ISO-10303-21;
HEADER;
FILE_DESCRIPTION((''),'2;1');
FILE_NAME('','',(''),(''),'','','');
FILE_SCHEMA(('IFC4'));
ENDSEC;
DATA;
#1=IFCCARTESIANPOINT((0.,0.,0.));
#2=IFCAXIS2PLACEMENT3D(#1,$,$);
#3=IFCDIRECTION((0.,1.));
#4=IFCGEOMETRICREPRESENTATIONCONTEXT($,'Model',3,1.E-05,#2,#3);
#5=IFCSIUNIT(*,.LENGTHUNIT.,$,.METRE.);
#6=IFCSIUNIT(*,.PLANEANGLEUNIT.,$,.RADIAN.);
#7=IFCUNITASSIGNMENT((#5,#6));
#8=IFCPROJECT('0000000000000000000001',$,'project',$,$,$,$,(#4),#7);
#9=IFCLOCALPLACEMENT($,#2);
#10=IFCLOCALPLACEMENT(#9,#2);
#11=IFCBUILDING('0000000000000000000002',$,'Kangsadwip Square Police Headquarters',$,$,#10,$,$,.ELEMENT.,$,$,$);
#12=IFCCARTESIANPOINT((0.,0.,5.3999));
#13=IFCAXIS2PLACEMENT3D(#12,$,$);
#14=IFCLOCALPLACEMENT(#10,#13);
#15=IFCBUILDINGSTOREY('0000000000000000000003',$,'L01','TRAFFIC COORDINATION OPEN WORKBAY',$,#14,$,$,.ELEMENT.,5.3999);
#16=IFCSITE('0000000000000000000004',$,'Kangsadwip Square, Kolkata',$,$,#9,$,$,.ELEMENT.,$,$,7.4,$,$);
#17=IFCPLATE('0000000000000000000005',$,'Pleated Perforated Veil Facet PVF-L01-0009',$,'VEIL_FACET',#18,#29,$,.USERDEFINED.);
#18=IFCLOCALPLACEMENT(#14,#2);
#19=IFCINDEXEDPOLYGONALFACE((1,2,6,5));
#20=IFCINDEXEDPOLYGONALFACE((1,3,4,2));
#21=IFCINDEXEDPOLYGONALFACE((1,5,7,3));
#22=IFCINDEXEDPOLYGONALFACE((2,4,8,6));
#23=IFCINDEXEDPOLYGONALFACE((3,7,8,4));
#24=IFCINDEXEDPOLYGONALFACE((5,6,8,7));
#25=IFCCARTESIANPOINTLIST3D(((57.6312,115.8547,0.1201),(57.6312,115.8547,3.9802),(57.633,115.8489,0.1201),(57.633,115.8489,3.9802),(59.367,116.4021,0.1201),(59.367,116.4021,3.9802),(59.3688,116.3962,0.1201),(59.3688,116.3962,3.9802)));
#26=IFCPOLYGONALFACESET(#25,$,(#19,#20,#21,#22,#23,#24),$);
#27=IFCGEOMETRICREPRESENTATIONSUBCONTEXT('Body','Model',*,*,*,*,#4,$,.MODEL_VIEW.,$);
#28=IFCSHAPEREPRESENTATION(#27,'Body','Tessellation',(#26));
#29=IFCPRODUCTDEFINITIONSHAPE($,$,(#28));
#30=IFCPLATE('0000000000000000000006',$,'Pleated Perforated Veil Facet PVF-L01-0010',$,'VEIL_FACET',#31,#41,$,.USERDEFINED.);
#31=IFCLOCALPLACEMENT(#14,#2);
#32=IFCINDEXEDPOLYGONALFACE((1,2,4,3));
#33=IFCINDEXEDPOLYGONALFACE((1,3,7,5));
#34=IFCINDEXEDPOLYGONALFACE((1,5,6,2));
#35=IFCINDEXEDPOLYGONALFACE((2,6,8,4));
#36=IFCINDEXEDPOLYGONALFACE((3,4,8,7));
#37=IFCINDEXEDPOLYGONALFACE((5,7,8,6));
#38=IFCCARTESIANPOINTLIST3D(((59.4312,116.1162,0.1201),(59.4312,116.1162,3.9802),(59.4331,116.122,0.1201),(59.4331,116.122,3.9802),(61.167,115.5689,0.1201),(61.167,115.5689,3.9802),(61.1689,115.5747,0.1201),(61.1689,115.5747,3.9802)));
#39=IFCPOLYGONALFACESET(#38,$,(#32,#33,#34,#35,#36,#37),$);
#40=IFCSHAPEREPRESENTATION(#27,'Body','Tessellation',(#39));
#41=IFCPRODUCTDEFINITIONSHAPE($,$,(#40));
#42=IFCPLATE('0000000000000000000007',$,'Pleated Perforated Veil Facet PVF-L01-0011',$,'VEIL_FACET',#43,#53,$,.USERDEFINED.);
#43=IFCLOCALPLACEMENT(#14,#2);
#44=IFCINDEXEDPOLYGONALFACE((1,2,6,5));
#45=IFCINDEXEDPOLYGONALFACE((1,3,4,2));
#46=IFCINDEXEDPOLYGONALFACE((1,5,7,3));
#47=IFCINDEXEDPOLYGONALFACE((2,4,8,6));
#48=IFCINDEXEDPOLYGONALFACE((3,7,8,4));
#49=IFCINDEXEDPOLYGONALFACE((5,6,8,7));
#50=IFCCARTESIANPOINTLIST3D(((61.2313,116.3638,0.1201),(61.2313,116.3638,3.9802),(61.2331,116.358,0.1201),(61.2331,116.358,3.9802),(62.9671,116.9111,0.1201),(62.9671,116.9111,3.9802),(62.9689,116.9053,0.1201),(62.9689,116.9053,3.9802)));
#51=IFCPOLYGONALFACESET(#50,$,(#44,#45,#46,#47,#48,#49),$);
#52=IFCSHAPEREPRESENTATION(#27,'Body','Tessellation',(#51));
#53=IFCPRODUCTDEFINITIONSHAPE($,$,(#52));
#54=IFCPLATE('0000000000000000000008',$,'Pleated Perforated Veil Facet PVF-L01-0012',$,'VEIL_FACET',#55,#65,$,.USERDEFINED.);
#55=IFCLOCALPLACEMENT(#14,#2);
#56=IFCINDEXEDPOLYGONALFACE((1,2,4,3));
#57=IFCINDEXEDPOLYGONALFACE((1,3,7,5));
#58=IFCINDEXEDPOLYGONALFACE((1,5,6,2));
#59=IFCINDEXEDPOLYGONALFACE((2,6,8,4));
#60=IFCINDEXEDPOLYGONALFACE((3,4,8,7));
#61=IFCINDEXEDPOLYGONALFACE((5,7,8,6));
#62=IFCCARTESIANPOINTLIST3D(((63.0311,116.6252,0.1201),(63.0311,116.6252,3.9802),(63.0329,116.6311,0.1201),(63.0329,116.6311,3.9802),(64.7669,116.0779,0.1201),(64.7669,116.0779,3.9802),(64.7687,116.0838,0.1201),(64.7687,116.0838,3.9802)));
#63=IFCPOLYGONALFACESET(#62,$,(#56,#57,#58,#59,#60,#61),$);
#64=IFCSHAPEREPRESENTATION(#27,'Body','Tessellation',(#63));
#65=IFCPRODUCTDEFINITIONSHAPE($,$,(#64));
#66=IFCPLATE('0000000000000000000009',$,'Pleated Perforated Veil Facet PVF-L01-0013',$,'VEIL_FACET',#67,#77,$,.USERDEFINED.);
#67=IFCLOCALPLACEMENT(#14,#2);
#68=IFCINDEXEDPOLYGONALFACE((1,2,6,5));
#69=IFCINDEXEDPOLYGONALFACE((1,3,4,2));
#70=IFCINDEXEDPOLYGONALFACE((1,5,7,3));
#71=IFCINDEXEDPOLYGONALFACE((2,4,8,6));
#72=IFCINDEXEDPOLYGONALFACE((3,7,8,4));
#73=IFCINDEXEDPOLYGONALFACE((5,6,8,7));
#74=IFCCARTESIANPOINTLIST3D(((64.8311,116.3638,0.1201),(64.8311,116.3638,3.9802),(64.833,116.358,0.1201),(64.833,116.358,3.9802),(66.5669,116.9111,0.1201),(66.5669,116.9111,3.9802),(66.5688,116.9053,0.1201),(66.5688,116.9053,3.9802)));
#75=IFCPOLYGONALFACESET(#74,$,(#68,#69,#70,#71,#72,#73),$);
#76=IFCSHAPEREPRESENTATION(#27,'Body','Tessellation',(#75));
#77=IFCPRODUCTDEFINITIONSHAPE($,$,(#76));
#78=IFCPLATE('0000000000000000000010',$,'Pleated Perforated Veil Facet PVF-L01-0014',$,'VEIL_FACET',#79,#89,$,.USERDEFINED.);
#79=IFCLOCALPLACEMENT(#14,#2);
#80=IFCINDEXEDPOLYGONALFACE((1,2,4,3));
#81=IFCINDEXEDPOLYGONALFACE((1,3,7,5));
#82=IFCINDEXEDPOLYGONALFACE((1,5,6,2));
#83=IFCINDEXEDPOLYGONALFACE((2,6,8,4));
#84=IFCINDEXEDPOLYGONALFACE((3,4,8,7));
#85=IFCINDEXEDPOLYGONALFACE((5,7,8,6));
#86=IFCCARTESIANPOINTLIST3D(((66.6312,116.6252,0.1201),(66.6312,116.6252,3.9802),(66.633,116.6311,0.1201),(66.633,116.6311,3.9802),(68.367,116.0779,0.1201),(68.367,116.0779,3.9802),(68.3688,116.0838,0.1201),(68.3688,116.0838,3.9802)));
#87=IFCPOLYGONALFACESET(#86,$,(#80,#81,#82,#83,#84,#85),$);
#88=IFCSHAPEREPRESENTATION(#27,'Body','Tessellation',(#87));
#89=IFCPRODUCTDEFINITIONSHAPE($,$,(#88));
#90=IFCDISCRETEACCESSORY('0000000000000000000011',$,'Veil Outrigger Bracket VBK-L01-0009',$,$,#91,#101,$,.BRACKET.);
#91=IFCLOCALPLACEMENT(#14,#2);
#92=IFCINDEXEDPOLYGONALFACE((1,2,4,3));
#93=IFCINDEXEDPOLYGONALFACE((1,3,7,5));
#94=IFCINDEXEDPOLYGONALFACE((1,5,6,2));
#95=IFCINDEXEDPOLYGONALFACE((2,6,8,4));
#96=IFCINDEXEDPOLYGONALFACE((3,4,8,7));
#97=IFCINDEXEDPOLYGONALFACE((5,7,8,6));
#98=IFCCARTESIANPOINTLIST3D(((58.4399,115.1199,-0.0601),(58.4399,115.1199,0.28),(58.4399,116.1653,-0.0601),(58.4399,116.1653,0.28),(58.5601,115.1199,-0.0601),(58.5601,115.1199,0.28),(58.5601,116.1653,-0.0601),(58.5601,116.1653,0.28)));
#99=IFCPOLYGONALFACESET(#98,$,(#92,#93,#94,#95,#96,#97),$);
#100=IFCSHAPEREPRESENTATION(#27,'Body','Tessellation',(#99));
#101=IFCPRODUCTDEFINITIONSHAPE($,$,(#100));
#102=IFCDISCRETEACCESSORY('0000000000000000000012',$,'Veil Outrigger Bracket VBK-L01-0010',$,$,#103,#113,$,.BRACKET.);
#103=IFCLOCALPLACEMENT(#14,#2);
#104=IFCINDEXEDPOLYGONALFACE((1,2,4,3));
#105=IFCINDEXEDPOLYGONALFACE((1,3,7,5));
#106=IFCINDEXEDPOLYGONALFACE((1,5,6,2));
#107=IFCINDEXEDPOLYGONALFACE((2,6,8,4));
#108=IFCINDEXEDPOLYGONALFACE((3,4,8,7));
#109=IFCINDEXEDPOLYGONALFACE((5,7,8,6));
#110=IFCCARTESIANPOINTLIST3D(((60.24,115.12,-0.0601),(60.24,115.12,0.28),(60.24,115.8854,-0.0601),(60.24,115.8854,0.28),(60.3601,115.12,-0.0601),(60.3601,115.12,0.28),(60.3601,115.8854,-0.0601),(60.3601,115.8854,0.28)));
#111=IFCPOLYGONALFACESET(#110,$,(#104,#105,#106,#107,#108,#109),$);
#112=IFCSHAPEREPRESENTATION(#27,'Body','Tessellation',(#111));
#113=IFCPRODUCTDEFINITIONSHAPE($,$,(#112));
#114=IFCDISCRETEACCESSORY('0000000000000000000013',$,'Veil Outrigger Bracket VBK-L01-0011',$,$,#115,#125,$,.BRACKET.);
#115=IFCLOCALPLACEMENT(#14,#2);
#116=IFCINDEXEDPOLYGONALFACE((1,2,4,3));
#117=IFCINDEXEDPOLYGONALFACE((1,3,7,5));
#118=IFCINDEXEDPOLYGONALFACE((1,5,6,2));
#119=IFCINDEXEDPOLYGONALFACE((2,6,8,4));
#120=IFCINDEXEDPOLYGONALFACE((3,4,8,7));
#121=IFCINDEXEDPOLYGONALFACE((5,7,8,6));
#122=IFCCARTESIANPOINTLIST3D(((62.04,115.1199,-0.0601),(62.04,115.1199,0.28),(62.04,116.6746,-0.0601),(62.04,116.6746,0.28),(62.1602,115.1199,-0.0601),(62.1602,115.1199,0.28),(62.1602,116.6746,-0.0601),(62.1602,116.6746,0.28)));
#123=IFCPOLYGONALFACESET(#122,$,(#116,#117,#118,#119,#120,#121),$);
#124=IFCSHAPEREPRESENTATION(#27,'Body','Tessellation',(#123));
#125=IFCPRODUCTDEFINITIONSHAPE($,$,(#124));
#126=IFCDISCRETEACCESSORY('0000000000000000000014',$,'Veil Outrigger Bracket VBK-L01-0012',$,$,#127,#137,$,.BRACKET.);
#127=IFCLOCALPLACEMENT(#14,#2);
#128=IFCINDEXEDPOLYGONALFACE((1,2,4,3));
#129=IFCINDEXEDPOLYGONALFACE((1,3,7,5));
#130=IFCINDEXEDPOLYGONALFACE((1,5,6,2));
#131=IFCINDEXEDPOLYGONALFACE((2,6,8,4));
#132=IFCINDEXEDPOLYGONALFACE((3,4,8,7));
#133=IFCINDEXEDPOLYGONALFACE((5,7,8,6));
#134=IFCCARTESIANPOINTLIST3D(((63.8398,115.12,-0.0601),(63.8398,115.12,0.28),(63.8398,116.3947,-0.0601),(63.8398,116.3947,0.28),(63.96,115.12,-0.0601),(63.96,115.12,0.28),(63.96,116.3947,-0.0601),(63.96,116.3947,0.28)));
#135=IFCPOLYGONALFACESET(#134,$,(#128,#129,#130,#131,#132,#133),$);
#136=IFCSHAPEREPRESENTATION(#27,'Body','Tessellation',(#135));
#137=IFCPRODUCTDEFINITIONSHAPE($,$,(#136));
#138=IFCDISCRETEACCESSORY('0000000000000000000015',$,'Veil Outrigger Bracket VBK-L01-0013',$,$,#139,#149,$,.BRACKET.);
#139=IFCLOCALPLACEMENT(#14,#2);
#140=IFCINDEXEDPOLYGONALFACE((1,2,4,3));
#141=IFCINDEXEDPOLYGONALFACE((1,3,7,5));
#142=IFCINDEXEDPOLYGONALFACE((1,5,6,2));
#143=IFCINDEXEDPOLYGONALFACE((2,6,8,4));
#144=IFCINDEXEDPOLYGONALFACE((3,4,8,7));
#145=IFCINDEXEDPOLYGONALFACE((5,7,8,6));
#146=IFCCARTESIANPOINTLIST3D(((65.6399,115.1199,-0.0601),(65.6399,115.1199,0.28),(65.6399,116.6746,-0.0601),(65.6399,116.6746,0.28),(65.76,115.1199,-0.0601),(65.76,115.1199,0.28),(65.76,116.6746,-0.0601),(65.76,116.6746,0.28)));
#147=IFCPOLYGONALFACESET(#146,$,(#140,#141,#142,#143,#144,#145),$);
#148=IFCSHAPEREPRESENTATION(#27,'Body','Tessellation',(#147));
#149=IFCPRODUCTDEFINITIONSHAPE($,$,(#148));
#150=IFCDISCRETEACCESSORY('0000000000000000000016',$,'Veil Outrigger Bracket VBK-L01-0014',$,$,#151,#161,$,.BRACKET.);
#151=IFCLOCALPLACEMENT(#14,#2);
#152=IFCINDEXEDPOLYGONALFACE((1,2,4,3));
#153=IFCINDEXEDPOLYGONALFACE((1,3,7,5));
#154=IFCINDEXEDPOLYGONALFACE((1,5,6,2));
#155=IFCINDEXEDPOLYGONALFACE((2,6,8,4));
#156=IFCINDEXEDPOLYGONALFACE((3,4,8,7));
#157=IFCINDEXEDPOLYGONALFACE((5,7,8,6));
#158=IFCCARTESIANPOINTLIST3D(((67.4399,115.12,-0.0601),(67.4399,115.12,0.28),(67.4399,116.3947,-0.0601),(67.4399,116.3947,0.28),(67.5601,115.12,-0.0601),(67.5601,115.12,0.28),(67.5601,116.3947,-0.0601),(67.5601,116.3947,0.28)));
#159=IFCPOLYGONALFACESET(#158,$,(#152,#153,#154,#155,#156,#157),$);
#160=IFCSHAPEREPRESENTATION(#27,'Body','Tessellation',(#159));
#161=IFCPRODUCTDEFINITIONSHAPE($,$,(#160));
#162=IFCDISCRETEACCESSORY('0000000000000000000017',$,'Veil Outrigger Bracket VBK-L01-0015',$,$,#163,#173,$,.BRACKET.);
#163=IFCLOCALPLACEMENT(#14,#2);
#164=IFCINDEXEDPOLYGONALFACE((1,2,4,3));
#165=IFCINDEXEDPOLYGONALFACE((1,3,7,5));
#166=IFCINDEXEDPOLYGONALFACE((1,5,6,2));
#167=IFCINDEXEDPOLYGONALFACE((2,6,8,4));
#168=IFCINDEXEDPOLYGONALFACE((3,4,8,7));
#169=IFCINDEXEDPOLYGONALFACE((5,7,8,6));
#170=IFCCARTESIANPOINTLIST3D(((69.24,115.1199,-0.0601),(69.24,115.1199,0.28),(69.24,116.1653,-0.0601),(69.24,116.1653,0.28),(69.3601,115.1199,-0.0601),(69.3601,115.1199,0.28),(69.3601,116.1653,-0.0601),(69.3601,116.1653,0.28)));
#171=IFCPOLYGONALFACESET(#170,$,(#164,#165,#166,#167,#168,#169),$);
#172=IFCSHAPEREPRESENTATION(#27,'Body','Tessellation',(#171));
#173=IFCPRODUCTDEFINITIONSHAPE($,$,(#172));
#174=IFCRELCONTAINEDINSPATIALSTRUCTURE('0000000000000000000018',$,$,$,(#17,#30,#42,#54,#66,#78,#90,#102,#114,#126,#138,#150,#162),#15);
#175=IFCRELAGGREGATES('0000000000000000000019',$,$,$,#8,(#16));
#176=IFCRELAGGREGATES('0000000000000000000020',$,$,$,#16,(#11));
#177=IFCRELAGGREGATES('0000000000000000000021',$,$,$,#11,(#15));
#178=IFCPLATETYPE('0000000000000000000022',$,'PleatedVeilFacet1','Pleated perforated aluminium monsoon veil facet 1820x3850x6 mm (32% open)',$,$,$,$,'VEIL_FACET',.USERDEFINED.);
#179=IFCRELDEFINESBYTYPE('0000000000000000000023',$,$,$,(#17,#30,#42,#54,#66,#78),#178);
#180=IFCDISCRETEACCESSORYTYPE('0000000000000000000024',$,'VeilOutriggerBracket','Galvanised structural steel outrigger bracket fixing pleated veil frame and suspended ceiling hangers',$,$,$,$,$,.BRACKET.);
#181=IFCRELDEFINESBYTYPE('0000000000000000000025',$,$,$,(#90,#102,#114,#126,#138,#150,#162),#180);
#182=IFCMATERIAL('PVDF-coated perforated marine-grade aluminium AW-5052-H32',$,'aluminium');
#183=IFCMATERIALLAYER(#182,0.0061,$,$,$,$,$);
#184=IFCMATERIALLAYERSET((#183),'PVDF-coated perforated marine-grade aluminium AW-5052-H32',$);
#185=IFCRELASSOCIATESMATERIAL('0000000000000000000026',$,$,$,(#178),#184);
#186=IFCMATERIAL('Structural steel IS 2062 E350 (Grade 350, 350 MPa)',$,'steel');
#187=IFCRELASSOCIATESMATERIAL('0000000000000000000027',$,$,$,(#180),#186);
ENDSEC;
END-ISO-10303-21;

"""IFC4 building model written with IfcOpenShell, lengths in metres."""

from ifc_helpers import new_model, si_unit, direction, frame, origin, origin_2d, place, context, subcontext, project, spatial, rectangle, extrude, material, layer, layer_set, type_object, element, save


model = new_model("IFC4")

# Units and contexts
model_context = context("Model", 3, precision=1e-05, world=origin(), true_north=direction((0.0, 1.0)))
body_context = subcontext(model_context, "Body", "Model", "MODEL_VIEW")
ifc_project = project(units=[si_unit("LENGTHUNIT", "METRE"), si_unit("PLANEANGLEUNIT", "RADIAN")], contexts=[model_context])

# Site, building, storey
site_placement = place(None, origin())
site = spatial("IfcSite", under=ifc_project, at=site_placement, Name="Kangsadwip Square, Kolkata", CompositionType="ELEMENT", RefElevation=7.4)
building_placement = place(site_placement, origin())
building = spatial("IfcBuilding", under=site, at=building_placement, Name="Kangsadwip Square Police Headquarters", CompositionType="ELEMENT")
storey_placement = place(building_placement, frame((0.0, 0.0, 5.3999)))
storey = spatial("IfcBuildingStorey", under=building, at=storey_placement, Name="L01", Description="TRAFFIC COORDINATION OPEN WORKBAY", CompositionType="ELEMENT", Elevation=5.3999)

# Plates
ifc_material_1 = material(Name="PVDF-coated perforated marine-grade aluminium AW-5052-H32", Category="aluminium")
ifc_layer_1 = layer(ifc_material_1, 0.0061)
ifc_layer_set_1 = layer_set([ifc_layer_1], Name="PVDF-coated perforated marine-grade aluminium AW-5052-H32")
plate_type_1 = type_object("IfcPlateType", Name="PleatedVeilFacet1", Description="Pleated perforated aluminium monsoon veil facet 1820x3850x6 mm (32% open)", ElementType="VEIL_FACET", PredefinedType="USERDEFINED", material=ifc_layer_set_1)
for number, where, z_axis, x_axis, name in (
    (1, (58.5, 116.1255, 0.1201), (0.0, 0.0, 1.0), (0.953717, 0.300706, 0.0), "Pleated Perforated Veil Facet PVF-L01-0009"),
    (2, (60.3, 115.8455, 0.1201), (0.0, 0.0, 1.0), (0.953717, -0.300706, 0.0), "Pleated Perforated Veil Facet PVF-L01-0010"),
    (3, (62.1001, 116.6345, 0.1201), (0.0, 0.0, 1.0), (0.953717, 0.300706, 0.0), "Pleated Perforated Veil Facet PVF-L01-0011"),
    (4, (63.8999, 116.3545, 0.1201), (0.0, 0.0, 1.0), (0.953717, -0.300706, 0.0), "Pleated Perforated Veil Facet PVF-L01-0012"),
    (5, (65.7, 116.6345, 0.1201), (0.0, 0.0, 1.0), (0.953717, 0.300706, 0.0), "Pleated Perforated Veil Facet PVF-L01-0013"),
    (6, (67.5, 116.3545, 0.1201), (0.0, 0.0, 1.0), (0.953717, -0.300706, 0.0), "Pleated Perforated Veil Facet PVF-L01-0014"),
):
    element("IfcPlate", number, at=place(storey_placement, frame(where, z_axis=z_axis, x_axis=x_axis)), inside=storey, type_object=plate_type_1, Name=name, ObjectType="VEIL_FACET", PredefinedType="USERDEFINED", context=body_context, shape_type="SweptSolid", body=[
        extrude(rectangle(XDim=1.8201, YDim=0.0061, at=origin_2d()), origin(), (0.0, 0.0, 1.0), 3.8601),
    ])

# Discrete accessories
ifc_material_2 = material(Name="Structural steel IS 2062 E350 (Grade 350, 350 MPa)", Category="steel")
discrete_accessory_type = type_object("IfcDiscreteAccessoryType", Name="VeilOutriggerBracket", Description="Galvanised structural steel outrigger bracket fixing pleated veil frame and suspended ceiling hangers", PredefinedType="BRACKET", material=ifc_material_2)
discrete_accessory_1_placement = place(storey_placement, frame((58.5, 115.6426, -0.0601), z_axis=(0.0, 0.0, 1.0), x_axis=(1.0, 0.0, 0.0)))
element("IfcDiscreteAccessory", 7, at=discrete_accessory_1_placement, inside=storey, type_object=discrete_accessory_type, Name="Veil Outrigger Bracket VBK-L01-0009", PredefinedType="BRACKET", context=body_context, shape_type="SweptSolid", body=[
    extrude(rectangle(XDim=0.1201, YDim=1.0454, at=origin_2d()), origin(), (0.0, 0.0, 1.0), 0.3401),
])
discrete_accessory_2_placement = place(storey_placement, frame((60.3, 115.5027, -0.0601), z_axis=(0.0, 0.0, 1.0), x_axis=(1.0, 0.0, 0.0)))
element("IfcDiscreteAccessory", 8, at=discrete_accessory_2_placement, inside=storey, type_object=discrete_accessory_type, Name="Veil Outrigger Bracket VBK-L01-0010", PredefinedType="BRACKET", context=body_context, shape_type="SweptSolid", body=[
    extrude(rectangle(XDim=0.1201, YDim=0.7654, at=origin_2d()), origin(), (0.0, 0.0, 1.0), 0.3401),
])
discrete_accessory_3_placement = place(storey_placement, frame((62.1001, 115.8972, -0.0601), z_axis=(0.0, 0.0, 1.0), x_axis=(1.0, 0.0, 0.0)))
element("IfcDiscreteAccessory", 9, at=discrete_accessory_3_placement, inside=storey, type_object=discrete_accessory_type, Name="Veil Outrigger Bracket VBK-L01-0011", PredefinedType="BRACKET", context=body_context, shape_type="SweptSolid", body=[
    extrude(rectangle(XDim=0.1201, YDim=1.5547, at=origin_2d()), origin(), (0.0, 0.0, 1.0), 0.3401),
])
discrete_accessory_4_placement = place(storey_placement, frame((63.8999, 115.7573, -0.0601), z_axis=(0.0, 0.0, 1.0), x_axis=(1.0, 0.0, 0.0)))
element("IfcDiscreteAccessory", 10, at=discrete_accessory_4_placement, inside=storey, type_object=discrete_accessory_type, Name="Veil Outrigger Bracket VBK-L01-0012", PredefinedType="BRACKET", context=body_context, shape_type="SweptSolid", body=[
    extrude(rectangle(XDim=0.1201, YDim=1.2747, at=origin_2d()), origin(), (0.0, 0.0, 1.0), 0.3401),
])
discrete_accessory_5_placement = place(storey_placement, frame((65.7, 115.8972, -0.0601), z_axis=(0.0, 0.0, 1.0), x_axis=(1.0, 0.0, 0.0)))
element("IfcDiscreteAccessory", 11, at=discrete_accessory_5_placement, inside=storey, type_object=discrete_accessory_type, Name="Veil Outrigger Bracket VBK-L01-0013", PredefinedType="BRACKET", context=body_context, shape_type="SweptSolid", body=[
    extrude(rectangle(XDim=0.1201, YDim=1.5547, at=origin_2d()), origin(), (0.0, 0.0, 1.0), 0.3401),
])
discrete_accessory_6_placement = place(storey_placement, frame((67.5, 115.7573, -0.0601), z_axis=(0.0, 0.0, 1.0), x_axis=(1.0, 0.0, 0.0)))
element("IfcDiscreteAccessory", 12, at=discrete_accessory_6_placement, inside=storey, type_object=discrete_accessory_type, Name="Veil Outrigger Bracket VBK-L01-0014", PredefinedType="BRACKET", context=body_context, shape_type="SweptSolid", body=[
    extrude(rectangle(XDim=0.1201, YDim=1.2747, at=origin_2d()), origin(), (0.0, 0.0, 1.0), 0.3401),
])
discrete_accessory_7_placement = place(storey_placement, frame((69.3, 115.6426, -0.0601), z_axis=(0.0, 0.0, 1.0), x_axis=(1.0, 0.0, 0.0)))
element("IfcDiscreteAccessory", 13, at=discrete_accessory_7_placement, inside=storey, type_object=discrete_accessory_type, Name="Veil Outrigger Bracket VBK-L01-0015", PredefinedType="BRACKET", context=body_context, shape_type="SweptSolid", body=[
    extrude(rectangle(XDim=0.1201, YDim=1.0454, at=origin_2d()), origin(), (0.0, 0.0, 1.0), 0.3401),
])

save(model, "model.ifc")
